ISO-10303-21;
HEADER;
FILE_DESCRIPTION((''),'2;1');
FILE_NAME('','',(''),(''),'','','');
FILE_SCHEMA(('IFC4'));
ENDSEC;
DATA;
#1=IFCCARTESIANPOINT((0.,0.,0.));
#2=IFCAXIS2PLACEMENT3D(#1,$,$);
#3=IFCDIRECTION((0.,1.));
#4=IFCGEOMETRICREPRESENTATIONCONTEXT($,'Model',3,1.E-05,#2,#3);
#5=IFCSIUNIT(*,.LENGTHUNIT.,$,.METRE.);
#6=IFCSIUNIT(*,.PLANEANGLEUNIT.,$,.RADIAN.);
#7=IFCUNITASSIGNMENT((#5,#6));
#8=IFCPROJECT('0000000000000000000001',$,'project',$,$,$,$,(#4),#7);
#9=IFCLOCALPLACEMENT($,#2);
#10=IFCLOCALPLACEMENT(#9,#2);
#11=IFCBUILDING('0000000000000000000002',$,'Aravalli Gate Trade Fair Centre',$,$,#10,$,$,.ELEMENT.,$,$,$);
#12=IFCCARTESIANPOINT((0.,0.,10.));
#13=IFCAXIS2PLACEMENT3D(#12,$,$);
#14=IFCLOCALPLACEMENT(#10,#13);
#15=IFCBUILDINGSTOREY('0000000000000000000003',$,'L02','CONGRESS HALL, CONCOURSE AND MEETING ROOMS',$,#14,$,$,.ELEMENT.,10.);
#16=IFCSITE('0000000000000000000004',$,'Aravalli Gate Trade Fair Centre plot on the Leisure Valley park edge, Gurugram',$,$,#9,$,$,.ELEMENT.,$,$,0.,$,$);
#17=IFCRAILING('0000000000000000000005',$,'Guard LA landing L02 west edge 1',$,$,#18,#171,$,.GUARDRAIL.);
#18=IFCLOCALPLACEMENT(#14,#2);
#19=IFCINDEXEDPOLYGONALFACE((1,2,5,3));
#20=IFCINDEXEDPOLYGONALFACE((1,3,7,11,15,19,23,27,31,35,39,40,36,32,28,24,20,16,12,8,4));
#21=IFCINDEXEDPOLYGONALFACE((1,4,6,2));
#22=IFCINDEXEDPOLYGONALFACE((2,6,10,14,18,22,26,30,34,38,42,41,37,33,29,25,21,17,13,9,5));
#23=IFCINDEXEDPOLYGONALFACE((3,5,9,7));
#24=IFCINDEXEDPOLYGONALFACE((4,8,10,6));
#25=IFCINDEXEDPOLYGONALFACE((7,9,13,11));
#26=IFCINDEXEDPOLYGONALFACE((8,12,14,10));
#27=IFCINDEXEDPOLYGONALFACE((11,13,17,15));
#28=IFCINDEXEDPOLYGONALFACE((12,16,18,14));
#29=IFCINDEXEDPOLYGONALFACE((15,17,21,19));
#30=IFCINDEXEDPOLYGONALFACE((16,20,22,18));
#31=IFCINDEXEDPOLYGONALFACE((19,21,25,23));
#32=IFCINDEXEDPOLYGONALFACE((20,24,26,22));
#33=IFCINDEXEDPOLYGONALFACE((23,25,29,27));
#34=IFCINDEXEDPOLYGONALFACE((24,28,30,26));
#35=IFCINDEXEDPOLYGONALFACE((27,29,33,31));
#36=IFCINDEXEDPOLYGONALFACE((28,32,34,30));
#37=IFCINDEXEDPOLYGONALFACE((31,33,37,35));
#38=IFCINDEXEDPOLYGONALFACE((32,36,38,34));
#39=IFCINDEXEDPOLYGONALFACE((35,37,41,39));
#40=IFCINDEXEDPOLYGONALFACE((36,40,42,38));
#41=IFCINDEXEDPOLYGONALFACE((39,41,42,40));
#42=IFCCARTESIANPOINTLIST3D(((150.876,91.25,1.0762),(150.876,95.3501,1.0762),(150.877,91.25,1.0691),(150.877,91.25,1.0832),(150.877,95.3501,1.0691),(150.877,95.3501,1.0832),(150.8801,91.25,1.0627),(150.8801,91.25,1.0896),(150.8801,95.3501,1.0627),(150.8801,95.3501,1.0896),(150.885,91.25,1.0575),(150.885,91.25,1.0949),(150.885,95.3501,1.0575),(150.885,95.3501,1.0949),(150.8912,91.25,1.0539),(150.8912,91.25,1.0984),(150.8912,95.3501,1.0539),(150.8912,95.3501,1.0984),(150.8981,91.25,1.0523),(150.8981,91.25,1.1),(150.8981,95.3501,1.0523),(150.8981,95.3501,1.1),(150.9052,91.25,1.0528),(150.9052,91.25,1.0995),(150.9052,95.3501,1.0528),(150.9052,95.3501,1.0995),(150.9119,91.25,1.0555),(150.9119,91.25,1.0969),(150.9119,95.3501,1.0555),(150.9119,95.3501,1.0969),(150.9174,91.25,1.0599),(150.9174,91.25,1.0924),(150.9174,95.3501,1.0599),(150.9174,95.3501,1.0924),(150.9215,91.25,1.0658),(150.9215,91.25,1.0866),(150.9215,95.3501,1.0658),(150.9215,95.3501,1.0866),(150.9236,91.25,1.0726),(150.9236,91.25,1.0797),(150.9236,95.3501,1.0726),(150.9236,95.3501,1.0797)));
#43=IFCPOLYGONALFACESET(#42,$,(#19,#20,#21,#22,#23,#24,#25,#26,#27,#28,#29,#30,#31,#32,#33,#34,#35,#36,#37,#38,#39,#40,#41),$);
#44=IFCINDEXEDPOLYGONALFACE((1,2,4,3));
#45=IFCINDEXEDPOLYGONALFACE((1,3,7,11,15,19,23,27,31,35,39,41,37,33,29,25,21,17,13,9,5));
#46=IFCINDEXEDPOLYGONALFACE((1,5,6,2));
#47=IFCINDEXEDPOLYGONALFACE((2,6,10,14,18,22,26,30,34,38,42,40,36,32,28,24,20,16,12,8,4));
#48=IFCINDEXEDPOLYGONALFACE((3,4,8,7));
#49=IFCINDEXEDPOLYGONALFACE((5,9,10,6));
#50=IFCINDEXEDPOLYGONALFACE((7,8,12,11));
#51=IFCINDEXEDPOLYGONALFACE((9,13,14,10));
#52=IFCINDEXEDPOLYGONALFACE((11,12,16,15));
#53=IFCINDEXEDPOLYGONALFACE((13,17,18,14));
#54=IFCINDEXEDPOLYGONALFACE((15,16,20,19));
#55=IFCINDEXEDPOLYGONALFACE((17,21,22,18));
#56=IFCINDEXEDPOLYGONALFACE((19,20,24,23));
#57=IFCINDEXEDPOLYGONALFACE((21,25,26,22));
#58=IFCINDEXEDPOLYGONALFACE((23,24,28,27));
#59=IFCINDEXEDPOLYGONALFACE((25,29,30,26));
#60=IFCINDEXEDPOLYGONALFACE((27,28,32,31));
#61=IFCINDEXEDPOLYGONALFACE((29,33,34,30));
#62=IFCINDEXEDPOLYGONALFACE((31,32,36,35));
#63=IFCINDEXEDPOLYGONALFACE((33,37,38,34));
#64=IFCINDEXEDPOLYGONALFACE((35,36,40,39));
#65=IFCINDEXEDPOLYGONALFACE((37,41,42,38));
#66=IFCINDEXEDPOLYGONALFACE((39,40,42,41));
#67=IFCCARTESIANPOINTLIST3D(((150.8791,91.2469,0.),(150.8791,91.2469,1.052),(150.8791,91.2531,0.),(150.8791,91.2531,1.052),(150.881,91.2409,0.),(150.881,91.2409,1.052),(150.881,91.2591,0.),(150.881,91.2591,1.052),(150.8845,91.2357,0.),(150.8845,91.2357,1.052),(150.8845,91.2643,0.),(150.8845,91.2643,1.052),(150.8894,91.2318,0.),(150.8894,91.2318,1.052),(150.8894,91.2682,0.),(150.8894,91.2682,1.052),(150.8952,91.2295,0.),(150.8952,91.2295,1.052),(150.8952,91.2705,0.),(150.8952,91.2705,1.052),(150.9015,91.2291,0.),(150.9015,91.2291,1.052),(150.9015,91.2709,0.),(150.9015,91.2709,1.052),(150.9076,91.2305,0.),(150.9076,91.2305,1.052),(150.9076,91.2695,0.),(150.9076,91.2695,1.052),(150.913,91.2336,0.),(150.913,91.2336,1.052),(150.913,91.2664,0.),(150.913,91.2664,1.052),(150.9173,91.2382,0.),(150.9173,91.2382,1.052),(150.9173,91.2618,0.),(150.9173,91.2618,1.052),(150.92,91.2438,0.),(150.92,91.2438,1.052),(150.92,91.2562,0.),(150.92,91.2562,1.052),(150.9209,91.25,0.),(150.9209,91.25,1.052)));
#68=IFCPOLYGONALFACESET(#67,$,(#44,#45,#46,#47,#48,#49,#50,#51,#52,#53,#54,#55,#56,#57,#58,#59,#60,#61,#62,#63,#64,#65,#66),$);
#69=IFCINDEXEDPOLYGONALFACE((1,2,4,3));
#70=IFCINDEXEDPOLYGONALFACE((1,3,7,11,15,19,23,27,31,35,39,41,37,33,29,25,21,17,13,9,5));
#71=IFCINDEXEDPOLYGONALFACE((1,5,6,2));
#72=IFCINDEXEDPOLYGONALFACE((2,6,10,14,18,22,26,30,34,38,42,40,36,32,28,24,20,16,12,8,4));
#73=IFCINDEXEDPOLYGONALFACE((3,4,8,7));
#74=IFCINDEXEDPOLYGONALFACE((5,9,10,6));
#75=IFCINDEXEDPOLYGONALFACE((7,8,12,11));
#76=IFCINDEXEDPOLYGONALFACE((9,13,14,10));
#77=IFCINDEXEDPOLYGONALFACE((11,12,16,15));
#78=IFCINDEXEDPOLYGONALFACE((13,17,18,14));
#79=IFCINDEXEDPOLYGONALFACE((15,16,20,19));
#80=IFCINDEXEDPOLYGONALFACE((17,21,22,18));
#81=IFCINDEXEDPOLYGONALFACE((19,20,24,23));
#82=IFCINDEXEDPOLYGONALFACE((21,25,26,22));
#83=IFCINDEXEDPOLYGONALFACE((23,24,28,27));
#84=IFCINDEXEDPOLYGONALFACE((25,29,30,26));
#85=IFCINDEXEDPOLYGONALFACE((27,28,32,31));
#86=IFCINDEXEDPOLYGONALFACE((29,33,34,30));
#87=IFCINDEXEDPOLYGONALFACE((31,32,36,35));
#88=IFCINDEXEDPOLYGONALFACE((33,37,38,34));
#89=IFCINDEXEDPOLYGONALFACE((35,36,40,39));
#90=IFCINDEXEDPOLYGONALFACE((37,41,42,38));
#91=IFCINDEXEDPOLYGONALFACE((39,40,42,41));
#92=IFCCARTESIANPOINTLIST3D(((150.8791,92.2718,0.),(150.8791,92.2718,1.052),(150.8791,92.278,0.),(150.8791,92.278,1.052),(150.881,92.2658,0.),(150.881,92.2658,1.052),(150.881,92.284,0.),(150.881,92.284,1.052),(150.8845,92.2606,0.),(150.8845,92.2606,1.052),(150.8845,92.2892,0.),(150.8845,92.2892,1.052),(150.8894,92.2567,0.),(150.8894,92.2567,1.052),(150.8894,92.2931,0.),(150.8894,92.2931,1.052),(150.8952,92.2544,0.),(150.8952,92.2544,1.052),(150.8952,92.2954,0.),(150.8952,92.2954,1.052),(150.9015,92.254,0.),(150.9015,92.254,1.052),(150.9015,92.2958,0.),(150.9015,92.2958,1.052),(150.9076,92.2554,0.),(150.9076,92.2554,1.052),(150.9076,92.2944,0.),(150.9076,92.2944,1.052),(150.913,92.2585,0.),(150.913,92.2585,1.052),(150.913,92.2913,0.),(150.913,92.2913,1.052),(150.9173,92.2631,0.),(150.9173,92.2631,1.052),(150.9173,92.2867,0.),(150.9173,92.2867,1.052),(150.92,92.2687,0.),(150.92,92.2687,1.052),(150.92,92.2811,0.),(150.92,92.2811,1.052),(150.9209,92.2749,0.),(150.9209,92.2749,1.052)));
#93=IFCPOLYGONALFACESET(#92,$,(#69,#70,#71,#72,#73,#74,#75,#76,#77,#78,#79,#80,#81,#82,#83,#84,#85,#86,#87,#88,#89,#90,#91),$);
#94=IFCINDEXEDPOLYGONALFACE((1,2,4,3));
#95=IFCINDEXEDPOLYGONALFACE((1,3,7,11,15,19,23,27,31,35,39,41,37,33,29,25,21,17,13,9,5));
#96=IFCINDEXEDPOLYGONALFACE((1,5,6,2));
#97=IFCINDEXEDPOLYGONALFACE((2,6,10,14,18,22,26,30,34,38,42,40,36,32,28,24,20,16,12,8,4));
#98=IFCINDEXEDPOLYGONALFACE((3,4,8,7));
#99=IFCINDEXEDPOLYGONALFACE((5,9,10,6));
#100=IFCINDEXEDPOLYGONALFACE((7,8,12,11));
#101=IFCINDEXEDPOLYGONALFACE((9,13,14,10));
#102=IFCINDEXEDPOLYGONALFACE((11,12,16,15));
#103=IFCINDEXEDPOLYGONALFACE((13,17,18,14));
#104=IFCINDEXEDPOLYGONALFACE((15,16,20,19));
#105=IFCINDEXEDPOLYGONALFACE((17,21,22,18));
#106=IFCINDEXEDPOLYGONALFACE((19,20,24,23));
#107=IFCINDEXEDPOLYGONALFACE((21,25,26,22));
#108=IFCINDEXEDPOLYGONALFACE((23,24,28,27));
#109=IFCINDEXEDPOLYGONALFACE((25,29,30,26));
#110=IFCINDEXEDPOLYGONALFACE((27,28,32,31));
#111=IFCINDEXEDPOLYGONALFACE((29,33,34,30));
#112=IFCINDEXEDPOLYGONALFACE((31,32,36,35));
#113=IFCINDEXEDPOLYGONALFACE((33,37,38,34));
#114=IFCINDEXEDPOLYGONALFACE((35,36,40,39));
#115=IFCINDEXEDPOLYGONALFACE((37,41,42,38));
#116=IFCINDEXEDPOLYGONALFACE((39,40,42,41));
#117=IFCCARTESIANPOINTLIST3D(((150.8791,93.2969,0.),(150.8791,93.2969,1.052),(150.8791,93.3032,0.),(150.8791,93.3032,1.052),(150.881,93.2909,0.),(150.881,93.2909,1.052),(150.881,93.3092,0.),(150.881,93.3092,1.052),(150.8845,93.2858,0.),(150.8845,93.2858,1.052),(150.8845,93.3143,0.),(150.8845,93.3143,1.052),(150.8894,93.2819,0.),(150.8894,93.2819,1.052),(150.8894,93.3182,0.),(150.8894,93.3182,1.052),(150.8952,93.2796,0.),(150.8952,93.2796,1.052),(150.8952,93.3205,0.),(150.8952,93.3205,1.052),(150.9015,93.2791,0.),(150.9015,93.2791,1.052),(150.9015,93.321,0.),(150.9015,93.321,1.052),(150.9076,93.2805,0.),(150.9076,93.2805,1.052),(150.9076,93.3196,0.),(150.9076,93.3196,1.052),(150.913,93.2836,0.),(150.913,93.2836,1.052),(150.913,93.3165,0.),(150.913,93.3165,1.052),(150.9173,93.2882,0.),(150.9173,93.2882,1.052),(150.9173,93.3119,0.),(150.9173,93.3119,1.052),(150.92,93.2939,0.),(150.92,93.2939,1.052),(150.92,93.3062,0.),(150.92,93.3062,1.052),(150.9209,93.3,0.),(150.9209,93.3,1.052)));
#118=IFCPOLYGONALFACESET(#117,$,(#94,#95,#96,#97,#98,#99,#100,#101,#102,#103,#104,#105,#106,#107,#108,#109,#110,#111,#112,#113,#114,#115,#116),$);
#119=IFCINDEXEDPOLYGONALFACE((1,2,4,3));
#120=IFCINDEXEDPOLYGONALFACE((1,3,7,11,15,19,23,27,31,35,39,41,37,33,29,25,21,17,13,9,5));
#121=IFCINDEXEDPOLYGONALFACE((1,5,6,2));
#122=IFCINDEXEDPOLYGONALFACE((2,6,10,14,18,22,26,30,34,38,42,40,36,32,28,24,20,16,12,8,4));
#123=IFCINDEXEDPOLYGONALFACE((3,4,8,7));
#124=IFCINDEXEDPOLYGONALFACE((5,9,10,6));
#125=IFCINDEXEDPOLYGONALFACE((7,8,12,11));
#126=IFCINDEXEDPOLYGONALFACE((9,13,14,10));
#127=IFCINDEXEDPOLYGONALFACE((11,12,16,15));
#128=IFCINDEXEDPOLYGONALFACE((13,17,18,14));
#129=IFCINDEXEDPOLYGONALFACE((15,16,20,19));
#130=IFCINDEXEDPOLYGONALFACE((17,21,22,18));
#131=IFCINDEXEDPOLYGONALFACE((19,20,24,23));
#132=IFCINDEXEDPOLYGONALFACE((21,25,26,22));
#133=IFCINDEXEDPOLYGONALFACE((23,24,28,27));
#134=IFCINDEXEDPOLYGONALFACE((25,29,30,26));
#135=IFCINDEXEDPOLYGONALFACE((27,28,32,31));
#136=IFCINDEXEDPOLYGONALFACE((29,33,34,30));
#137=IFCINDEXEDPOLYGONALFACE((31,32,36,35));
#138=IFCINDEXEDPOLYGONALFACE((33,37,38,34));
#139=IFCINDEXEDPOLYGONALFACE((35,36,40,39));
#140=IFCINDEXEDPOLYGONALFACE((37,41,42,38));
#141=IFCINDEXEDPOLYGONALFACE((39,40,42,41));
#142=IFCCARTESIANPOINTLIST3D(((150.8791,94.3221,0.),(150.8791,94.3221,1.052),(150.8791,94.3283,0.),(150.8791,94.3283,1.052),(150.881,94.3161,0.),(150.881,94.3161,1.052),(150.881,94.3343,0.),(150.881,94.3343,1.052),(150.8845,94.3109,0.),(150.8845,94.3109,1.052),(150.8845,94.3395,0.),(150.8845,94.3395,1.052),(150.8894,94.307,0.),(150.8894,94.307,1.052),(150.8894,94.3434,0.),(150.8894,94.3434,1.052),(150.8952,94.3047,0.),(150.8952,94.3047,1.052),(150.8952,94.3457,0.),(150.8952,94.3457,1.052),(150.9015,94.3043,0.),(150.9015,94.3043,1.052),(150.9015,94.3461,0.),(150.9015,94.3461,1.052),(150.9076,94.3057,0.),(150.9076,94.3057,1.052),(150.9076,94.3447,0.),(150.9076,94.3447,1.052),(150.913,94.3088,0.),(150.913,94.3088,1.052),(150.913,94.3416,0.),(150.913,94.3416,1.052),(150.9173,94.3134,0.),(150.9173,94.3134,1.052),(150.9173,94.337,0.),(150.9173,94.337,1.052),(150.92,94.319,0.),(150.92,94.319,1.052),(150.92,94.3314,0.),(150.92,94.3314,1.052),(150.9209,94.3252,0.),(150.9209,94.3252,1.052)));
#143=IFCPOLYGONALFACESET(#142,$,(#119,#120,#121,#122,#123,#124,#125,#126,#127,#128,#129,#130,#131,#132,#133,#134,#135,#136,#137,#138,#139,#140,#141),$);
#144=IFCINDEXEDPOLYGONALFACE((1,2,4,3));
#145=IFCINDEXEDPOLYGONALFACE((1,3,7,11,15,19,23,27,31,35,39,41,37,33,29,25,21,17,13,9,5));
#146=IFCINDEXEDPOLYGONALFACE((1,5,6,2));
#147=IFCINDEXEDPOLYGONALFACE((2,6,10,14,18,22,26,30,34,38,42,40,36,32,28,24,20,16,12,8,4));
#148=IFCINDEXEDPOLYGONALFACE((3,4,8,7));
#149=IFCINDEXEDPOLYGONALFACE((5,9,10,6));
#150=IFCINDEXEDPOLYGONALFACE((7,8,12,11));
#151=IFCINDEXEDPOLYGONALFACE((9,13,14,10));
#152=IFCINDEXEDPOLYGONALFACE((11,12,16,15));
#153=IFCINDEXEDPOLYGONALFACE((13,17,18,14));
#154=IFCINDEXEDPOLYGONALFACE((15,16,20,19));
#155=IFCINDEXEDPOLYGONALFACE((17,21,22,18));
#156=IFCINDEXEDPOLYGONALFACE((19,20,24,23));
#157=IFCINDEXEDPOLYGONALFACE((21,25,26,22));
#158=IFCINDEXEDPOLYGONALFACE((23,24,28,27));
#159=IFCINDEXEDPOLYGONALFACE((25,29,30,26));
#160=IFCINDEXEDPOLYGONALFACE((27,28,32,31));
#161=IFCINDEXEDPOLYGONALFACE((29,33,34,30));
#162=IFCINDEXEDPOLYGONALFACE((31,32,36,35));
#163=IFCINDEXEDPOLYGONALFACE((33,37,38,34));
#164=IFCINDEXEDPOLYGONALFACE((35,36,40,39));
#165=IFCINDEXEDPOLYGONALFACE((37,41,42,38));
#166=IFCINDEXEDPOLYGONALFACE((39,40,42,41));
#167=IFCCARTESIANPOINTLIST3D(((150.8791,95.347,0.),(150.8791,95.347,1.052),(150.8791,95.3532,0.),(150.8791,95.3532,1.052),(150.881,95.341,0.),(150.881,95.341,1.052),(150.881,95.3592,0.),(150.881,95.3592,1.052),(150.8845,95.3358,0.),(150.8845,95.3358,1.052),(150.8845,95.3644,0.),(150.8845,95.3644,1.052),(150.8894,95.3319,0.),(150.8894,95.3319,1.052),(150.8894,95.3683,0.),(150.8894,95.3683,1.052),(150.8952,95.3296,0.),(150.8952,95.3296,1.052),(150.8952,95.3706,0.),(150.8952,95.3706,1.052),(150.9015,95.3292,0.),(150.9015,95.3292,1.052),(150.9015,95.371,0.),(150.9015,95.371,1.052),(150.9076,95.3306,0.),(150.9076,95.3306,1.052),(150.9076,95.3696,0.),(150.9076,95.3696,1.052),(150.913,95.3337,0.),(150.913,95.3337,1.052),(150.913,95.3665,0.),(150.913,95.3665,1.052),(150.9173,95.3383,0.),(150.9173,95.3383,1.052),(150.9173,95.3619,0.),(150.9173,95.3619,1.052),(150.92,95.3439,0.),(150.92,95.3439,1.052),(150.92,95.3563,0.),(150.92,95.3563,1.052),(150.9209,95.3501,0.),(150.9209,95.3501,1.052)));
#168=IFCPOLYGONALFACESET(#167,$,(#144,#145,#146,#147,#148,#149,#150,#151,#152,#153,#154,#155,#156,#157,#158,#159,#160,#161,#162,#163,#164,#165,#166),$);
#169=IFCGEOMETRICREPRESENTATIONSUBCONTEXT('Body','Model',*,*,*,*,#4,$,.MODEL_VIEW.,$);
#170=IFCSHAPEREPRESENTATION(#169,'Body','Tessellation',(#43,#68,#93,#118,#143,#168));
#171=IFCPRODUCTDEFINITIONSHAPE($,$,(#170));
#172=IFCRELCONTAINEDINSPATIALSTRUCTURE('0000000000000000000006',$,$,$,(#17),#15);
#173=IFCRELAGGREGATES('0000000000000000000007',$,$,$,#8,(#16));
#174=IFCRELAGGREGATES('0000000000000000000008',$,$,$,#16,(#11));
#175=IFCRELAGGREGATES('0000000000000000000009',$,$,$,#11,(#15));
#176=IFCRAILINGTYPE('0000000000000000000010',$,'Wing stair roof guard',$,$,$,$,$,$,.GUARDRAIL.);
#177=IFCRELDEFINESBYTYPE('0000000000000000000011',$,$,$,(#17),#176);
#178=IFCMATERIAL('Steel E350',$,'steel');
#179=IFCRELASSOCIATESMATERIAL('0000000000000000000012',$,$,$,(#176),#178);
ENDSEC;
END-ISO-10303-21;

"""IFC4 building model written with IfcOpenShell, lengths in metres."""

from ifc_helpers import new_model, si_unit, direction, frame, origin, origin_2d, place, context, subcontext, project, spatial, circle, extrude, material, type_object, element, save


model = new_model("IFC4")

# Units and contexts
model_context = context("Model", 3, precision=1e-05, world=origin(), true_north=direction((0.0, 1.0)))
body_context = subcontext(model_context, "Body", "Model", "MODEL_VIEW")
ifc_project = project(units=[si_unit("LENGTHUNIT", "METRE"), si_unit("PLANEANGLEUNIT", "RADIAN")], contexts=[model_context])

# Site, building, storey
site_placement = place(None, origin())
site = spatial("IfcSite", under=ifc_project, at=site_placement, Name="Aravalli Gate Trade Fair Centre plot on the Leisure Valley park edge, Gurugram", CompositionType="ELEMENT", RefElevation=0.0)
building_placement = place(site_placement, origin())
building = spatial("IfcBuilding", under=site, at=building_placement, Name="Aravalli Gate Trade Fair Centre", CompositionType="ELEMENT")
storey_placement = place(building_placement, frame((0.0, 0.0, 10.0)))
storey = spatial("IfcBuildingStorey", under=building, at=storey_placement, Name="L02", Description="CONGRESS HALL, CONCOURSE AND MEETING ROOMS", CompositionType="ELEMENT", Elevation=10.0)

# Railing
ifc_material_1 = material(Name="Steel E350", Category="steel")
railing_type = type_object("IfcRailingType", Name="Wing stair roof guard", PredefinedType="GUARDRAIL", material=ifc_material_1)
railing_placement = place(storey_placement, frame((150.8999, 91.25, 0.0)))
element("IfcRailing", 1, at=railing_placement, inside=storey, type_object=railing_type, Name="Guard LA landing L02 west edge 1", PredefinedType="GUARDRAIL", context=body_context, shape_type="SweptSolid", body=[
    extrude(circle(Radius=0.0239, at=origin_2d()), frame((0.0, 0.0, 1.0762), z_axis=(0.0, 1.0, 0.0), x_axis=(-1.0, 0.0, 0.0)), (0.0, 0.0, 1.0), 4.1001),
    extrude(circle(Radius=0.021, at=origin_2d()), origin(), (0.0, 0.0, 1.0), 1.052),
    extrude(circle(Radius=0.021, at=origin_2d()), frame((0.0, 1.0249, 0.0)), (0.0, 0.0, 1.0), 1.052),
    extrude(circle(Radius=0.021, at=origin_2d()), frame((0.0, 2.05, 0.0)), (0.0, 0.0, 1.0), 1.052),
    extrude(circle(Radius=0.021, at=origin_2d()), frame((0.0, 3.0752, 0.0)), (0.0, 0.0, 1.0), 1.052),
    extrude(circle(Radius=0.021, at=origin_2d()), frame((0.0, 4.1001, 0.0)), (0.0, 0.0, 1.0), 1.052),
])

save(model, "model.ifc")
